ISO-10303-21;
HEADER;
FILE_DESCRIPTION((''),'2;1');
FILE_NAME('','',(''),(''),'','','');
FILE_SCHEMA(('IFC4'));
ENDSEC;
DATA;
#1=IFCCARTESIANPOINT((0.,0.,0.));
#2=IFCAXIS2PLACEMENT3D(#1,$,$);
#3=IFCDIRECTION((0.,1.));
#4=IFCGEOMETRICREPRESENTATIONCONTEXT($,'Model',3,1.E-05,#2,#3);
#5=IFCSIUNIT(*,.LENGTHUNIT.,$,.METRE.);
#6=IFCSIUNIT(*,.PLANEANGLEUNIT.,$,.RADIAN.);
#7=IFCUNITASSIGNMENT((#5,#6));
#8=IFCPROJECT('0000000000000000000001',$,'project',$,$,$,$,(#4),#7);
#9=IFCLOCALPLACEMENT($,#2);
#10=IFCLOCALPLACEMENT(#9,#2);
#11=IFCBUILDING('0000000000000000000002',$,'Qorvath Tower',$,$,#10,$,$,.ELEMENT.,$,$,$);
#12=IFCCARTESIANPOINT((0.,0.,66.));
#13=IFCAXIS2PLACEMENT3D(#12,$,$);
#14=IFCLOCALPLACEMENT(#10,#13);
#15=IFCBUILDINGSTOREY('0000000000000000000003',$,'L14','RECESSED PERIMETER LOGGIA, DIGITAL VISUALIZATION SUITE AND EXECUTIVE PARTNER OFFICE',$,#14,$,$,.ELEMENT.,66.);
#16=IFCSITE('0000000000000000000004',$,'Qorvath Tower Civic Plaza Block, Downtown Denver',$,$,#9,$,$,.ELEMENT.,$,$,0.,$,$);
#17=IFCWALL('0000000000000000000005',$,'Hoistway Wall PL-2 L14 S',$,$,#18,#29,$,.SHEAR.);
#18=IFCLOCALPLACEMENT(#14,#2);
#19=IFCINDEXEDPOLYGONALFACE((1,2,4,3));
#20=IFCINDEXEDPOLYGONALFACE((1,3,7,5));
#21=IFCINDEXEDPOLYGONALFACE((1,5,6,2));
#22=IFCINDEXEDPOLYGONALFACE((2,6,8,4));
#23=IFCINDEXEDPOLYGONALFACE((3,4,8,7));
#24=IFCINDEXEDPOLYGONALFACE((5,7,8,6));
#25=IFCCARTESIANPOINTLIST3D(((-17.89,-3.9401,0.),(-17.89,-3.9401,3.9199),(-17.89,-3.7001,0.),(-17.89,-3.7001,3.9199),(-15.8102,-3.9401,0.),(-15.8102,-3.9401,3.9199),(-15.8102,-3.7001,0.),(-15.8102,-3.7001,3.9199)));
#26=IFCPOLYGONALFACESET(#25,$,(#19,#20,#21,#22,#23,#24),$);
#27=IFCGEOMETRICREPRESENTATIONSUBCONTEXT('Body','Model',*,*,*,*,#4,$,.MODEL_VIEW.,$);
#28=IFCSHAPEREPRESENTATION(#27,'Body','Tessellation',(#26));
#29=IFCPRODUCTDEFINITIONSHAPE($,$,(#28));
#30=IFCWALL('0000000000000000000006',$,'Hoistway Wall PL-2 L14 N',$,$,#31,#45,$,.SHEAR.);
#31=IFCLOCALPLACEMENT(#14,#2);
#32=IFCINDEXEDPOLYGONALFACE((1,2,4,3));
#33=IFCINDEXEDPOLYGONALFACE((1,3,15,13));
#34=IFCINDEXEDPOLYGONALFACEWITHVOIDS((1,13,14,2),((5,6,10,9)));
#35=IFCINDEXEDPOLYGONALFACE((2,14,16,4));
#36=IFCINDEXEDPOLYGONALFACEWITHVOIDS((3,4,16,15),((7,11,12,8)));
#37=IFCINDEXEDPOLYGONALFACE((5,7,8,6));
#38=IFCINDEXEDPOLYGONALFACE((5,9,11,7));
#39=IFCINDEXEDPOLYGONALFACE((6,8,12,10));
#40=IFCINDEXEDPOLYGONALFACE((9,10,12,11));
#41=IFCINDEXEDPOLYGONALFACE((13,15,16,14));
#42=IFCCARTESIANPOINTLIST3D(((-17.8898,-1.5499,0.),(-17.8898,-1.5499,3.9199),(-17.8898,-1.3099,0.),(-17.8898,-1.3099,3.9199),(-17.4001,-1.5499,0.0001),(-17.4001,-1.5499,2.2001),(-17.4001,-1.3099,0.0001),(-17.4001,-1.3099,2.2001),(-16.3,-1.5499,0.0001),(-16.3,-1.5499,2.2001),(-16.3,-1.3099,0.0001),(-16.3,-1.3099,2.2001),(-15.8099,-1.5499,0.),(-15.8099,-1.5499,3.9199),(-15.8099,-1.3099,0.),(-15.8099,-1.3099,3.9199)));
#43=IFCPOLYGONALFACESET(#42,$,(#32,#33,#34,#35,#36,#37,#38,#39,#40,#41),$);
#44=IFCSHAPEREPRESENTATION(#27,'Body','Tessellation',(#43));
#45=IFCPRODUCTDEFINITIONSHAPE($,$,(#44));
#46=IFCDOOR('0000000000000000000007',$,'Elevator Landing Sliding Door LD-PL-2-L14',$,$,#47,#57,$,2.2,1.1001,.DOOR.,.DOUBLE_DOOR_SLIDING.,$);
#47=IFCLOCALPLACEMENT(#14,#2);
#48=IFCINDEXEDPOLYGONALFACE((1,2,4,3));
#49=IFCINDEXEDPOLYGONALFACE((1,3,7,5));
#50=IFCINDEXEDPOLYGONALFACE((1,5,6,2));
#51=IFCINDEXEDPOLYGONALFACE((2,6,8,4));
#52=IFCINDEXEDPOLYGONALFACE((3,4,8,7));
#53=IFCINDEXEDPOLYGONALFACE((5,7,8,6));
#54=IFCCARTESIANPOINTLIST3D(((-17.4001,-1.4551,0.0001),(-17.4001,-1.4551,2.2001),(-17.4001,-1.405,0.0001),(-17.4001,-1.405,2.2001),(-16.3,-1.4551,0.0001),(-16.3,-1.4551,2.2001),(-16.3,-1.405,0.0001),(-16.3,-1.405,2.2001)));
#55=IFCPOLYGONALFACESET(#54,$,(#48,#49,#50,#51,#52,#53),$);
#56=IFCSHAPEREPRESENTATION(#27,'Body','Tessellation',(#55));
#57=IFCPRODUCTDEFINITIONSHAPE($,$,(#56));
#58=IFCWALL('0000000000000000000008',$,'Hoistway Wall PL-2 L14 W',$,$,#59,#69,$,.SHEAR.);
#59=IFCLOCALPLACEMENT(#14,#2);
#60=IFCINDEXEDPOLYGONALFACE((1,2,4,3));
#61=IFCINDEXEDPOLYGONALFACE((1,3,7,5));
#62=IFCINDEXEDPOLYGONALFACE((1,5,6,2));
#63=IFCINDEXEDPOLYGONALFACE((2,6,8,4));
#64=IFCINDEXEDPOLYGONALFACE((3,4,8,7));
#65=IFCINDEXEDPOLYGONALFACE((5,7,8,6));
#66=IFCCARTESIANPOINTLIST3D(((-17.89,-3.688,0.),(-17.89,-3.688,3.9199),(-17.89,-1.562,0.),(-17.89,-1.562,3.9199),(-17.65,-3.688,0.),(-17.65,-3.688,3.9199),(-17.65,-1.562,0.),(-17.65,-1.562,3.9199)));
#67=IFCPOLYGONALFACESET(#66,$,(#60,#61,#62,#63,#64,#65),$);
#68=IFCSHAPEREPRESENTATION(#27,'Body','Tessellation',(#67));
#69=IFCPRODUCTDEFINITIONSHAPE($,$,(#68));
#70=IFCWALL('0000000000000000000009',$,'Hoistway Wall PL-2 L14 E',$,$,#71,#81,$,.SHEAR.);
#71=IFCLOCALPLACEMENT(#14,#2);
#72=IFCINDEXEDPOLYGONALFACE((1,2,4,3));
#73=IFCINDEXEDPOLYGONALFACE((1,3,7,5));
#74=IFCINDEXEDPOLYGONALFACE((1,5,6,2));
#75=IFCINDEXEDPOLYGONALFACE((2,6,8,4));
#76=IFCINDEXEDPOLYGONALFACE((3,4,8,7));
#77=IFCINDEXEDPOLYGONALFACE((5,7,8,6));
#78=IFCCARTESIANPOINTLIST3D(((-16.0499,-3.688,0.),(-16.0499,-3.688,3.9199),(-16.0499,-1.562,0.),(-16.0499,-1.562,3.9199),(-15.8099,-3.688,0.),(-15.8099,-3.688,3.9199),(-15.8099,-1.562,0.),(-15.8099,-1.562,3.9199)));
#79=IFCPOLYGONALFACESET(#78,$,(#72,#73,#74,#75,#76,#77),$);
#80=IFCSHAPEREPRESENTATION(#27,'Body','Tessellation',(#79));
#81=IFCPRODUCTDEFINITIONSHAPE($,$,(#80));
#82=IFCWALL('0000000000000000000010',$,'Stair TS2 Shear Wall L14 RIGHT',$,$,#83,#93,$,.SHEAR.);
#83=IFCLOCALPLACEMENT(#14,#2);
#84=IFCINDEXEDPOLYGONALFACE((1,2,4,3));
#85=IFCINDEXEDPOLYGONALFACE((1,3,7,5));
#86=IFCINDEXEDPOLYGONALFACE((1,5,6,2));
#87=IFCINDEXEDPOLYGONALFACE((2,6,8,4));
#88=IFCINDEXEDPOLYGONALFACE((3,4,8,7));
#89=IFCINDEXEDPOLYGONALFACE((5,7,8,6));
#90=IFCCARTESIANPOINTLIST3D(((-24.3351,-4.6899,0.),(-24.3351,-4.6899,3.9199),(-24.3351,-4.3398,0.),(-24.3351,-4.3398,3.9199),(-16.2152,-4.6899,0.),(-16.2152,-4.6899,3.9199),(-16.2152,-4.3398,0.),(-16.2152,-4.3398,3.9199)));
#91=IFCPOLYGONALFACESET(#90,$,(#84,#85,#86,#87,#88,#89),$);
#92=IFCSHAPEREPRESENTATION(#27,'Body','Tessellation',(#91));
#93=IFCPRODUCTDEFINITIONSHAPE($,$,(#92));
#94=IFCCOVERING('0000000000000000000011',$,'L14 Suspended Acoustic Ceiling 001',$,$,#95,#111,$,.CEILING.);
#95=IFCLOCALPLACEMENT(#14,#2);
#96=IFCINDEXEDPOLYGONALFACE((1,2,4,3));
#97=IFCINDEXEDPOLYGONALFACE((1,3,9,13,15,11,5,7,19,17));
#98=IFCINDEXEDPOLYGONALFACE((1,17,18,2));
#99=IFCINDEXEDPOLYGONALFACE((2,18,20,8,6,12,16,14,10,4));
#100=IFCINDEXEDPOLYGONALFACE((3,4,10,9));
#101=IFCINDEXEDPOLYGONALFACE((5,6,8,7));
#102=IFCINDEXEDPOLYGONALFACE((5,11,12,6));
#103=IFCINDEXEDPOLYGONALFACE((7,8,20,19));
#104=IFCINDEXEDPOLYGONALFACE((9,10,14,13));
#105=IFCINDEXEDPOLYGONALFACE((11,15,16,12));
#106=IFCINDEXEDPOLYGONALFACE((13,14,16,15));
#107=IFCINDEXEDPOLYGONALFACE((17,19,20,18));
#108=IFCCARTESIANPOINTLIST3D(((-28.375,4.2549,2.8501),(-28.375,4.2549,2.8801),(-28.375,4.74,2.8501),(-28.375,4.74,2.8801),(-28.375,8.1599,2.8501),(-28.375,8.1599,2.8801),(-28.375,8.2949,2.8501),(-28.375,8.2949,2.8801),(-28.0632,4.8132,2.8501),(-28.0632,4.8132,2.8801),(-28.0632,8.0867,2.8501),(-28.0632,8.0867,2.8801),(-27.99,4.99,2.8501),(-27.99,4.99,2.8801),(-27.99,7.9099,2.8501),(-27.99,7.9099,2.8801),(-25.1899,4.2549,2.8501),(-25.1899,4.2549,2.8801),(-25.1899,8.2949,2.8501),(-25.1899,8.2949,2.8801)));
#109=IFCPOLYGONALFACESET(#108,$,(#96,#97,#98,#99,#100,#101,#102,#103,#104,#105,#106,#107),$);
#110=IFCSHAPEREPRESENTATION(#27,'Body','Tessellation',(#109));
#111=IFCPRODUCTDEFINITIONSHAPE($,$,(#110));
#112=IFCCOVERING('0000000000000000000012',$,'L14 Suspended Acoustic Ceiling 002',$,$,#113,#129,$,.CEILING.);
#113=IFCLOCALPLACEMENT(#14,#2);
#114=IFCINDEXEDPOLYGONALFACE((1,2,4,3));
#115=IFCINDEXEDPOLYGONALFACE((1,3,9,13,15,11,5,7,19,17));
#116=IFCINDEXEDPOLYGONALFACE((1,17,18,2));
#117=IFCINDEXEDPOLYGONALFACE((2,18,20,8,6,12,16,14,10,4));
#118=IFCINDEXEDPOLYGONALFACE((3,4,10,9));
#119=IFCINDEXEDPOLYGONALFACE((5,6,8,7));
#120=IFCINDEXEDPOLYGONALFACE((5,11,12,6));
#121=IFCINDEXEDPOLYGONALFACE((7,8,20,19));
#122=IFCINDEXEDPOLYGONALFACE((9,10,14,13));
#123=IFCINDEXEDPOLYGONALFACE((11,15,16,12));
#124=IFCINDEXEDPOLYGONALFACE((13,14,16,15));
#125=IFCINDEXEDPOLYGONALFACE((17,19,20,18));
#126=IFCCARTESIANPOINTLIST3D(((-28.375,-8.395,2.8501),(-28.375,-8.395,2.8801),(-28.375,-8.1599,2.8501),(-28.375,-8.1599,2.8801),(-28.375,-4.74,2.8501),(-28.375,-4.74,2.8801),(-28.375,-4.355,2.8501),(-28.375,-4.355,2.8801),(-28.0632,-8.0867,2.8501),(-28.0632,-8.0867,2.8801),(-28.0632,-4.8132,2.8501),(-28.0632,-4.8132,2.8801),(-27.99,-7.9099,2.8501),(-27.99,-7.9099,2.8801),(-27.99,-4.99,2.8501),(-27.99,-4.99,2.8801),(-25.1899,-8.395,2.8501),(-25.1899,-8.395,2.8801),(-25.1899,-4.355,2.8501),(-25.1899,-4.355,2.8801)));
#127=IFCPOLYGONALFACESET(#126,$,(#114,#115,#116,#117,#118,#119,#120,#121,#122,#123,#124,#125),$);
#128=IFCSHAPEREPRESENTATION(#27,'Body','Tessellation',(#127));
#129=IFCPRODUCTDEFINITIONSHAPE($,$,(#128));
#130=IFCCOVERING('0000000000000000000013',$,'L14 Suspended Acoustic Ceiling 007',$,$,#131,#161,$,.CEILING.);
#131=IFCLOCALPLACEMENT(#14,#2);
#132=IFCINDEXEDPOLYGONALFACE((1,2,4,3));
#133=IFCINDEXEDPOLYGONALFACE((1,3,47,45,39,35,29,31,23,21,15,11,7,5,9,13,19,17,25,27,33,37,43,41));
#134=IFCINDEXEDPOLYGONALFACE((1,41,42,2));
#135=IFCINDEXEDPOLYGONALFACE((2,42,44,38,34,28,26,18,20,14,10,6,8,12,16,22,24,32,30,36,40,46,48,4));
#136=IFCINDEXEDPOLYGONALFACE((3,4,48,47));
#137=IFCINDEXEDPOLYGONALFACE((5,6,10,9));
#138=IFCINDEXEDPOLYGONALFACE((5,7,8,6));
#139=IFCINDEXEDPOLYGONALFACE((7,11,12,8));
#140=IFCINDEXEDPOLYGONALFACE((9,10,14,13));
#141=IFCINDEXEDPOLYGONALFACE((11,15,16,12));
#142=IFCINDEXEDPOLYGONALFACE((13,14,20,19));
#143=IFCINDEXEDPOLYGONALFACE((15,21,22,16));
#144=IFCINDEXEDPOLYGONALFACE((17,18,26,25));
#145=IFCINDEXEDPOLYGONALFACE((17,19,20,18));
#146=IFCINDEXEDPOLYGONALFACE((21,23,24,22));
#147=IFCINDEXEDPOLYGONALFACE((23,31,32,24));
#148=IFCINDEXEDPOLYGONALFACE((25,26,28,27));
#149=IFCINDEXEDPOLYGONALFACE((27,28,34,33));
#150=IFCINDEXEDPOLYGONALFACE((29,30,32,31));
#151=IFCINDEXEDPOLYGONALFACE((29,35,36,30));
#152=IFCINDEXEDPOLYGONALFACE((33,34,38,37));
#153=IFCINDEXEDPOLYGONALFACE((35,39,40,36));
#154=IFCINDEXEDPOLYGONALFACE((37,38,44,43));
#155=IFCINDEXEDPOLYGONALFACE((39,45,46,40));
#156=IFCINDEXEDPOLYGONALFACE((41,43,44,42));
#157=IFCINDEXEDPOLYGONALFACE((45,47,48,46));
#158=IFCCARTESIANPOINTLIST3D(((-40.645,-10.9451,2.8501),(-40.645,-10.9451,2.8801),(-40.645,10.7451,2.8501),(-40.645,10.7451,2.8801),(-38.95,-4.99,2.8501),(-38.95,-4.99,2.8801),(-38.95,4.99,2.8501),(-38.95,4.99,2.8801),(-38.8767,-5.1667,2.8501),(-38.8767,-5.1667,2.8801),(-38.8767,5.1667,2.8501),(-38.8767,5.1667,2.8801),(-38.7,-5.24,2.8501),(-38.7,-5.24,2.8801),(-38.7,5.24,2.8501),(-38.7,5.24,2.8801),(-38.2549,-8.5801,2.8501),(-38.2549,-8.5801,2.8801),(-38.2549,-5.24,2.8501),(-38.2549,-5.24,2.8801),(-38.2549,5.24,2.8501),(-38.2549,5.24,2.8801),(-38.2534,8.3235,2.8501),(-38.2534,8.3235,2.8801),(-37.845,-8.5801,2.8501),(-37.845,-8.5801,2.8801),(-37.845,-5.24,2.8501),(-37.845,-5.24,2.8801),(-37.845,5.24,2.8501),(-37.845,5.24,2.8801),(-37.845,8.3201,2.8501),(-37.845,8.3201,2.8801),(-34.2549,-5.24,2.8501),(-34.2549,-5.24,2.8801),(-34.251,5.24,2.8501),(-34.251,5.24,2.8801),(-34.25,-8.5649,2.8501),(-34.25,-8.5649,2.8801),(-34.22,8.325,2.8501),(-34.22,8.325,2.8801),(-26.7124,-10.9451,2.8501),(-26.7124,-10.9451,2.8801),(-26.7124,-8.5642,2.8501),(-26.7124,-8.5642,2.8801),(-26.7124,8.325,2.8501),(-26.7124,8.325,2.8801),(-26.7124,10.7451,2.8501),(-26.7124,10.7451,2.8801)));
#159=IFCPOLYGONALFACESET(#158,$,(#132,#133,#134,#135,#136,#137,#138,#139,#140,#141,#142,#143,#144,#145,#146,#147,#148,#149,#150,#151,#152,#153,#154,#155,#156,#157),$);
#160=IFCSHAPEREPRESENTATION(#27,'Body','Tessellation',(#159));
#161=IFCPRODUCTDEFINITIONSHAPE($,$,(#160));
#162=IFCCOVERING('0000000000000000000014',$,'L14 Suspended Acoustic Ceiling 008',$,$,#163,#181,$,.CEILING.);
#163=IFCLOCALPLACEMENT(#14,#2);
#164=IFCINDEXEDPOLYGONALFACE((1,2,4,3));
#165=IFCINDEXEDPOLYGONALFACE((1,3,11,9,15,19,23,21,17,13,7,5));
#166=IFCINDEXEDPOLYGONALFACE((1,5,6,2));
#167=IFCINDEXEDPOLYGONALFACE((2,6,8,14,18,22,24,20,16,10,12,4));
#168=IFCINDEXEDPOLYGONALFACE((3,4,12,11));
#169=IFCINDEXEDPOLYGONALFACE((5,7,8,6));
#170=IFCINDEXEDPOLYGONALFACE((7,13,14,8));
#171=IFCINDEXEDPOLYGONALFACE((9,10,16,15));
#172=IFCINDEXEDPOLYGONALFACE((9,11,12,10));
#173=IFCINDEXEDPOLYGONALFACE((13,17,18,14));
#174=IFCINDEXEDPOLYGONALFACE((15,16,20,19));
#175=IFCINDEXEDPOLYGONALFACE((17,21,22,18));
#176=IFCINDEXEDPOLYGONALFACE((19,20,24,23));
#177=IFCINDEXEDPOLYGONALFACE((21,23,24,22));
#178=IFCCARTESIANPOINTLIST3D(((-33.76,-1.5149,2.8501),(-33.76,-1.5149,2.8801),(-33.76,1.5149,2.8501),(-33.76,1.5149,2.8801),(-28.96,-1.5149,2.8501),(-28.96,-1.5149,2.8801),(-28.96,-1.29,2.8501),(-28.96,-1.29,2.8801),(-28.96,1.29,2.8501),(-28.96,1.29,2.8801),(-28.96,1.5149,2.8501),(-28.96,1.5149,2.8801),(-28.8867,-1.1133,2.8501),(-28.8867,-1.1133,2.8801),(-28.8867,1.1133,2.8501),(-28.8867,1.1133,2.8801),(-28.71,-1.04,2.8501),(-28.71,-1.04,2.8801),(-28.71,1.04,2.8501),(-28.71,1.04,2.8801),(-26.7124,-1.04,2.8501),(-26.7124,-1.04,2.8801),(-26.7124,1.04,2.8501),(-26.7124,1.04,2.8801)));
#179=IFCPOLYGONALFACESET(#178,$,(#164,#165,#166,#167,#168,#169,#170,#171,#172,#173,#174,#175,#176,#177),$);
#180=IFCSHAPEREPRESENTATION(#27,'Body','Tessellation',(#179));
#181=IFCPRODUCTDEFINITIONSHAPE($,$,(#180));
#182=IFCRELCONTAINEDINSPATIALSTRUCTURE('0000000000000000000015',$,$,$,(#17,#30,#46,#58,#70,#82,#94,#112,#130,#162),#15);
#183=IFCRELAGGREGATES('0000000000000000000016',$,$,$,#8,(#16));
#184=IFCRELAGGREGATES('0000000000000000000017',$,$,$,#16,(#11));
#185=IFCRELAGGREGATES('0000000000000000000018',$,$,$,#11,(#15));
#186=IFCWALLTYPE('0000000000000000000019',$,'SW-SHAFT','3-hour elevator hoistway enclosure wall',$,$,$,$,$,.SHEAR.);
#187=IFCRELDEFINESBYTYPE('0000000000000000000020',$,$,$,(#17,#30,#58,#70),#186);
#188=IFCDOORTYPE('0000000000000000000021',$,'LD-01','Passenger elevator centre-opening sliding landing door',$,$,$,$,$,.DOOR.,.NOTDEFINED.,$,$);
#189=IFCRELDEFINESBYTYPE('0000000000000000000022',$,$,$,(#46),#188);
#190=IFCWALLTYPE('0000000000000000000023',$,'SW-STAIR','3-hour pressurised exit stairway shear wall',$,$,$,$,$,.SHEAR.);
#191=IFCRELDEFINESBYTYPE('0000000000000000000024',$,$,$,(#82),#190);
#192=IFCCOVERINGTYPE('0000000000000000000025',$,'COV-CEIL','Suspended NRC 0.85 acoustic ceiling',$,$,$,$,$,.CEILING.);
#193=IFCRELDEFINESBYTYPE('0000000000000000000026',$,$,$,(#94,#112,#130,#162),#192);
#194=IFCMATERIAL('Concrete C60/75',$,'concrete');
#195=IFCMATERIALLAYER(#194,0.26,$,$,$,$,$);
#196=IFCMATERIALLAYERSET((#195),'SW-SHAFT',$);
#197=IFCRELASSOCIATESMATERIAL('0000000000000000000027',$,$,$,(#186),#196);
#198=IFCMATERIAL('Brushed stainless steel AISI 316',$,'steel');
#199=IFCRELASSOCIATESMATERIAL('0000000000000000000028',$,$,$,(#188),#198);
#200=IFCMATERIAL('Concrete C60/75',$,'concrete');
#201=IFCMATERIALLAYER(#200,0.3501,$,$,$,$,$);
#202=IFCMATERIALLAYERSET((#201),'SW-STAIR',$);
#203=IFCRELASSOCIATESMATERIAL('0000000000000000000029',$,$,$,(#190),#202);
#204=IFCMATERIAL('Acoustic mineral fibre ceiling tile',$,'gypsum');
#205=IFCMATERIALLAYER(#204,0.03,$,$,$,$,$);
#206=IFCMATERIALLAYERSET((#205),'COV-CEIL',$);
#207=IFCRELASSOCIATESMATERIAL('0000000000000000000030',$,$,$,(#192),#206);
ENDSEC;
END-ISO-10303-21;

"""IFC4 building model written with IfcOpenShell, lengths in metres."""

from ifc_helpers import new_model, si_unit, direction, frame, frame_2d, origin, place, context, subcontext, project, spatial, polyline, rectangle, outline, extrude, material, layer, layer_set, type_object, element, fill, save


model = new_model("IFC4")

# Units and contexts
model_context = context("Model", 3, precision=1e-05, world=origin(), true_north=direction((0.0, 1.0)))
body_context = subcontext(model_context, "Body", "Model", "MODEL_VIEW")
ifc_project = project(units=[si_unit("LENGTHUNIT", "METRE"), si_unit("PLANEANGLEUNIT", "RADIAN")], contexts=[model_context])

# Site, building, storey
site_placement = place(None, origin())
site = spatial("IfcSite", under=ifc_project, at=site_placement, Name="Qorvath Tower Civic Plaza Block, Downtown Denver", CompositionType="ELEMENT", RefElevation=0.0)
building_placement = place(site_placement, origin())
building = spatial("IfcBuilding", under=site, at=building_placement, Name="Qorvath Tower", CompositionType="ELEMENT")
storey_placement = place(building_placement, frame((0.0, 0.0, 66.0)))
storey = spatial("IfcBuildingStorey", under=building, at=storey_placement, Name="L14", Description="RECESSED PERIMETER LOGGIA, DIGITAL VISUALIZATION SUITE AND EXECUTIVE PARTNER OFFICE", CompositionType="ELEMENT", Elevation=66.0)

# Wall
ifc_material_1 = material(Name="Concrete C60/75", Category="concrete")
ifc_layer_1 = layer(ifc_material_1, 0.26)
ifc_layer_set_1 = layer_set([ifc_layer_1], Name="SW-SHAFT")
wall_type_1 = type_object("IfcWallType", Name="SW-SHAFT", Description="3-hour elevator hoistway enclosure wall", PredefinedType="SHEAR", material=ifc_layer_set_1)
wall_1_placement = place(storey_placement, frame((-15.8101, -3.8201, 0.0), z_axis=(0.0, 0.0, 1.0), x_axis=(-1.0, 0.0, 0.0)))
element("IfcWall", 1, at=wall_1_placement, inside=storey, type_object=wall_type_1, Name="Hoistway Wall PL-2 L14 S", PredefinedType="SHEAR", context=body_context, shape_type="SweptSolid", body=[
    extrude(rectangle(XDim=2.0798, YDim=0.24, at=frame_2d((1.04, 0.0))), origin(), (0.0, 0.0, 1.0), 3.9199),
])

# Wall, opening, door
wall_2_placement = place(storey_placement, frame((-17.8899, -1.4299, 0.0), z_axis=(0.0, 0.0, 1.0), x_axis=(1.0, 0.0, 0.0)))
wall_2 = element("IfcWall", 2, at=wall_2_placement, inside=storey, type_object=wall_type_1, Name="Hoistway Wall PL-2 L14 N", PredefinedType="SHEAR", context=body_context, shape_type="SweptSolid", body=[
    extrude(rectangle(XDim=2.0798, YDim=0.24, at=frame_2d((1.04, 0.0))), origin(), (0.0, 0.0, 1.0), 3.9199),
])
opening_placement = place(wall_2_placement, frame((0.4897, 0.0, 0.0)))
opening = element("IfcOpeningElement", 3, at=opening_placement, cuts=wall_2, PredefinedType="OPENING", context=body_context, shape_type="SweptSolid", body=[
    extrude(rectangle(XDim=1.1001, YDim=2.2, at=frame_2d((0.55, 1.1001))), frame((0.0, 0.1299, 0.0), z_axis=(0.0, -1.0, 0.0), x_axis=(1.0, 0.0, 0.0)), (0.0, 0.0, 1.0), 0.26),
])
ifc_material_2 = material(Name="Brushed stainless steel AISI 316", Category="steel")
door_type = type_object("IfcDoorType", Name="LD-01", Description="Passenger elevator centre-opening sliding landing door", OperationType="NOTDEFINED", PredefinedType="DOOR", material=ifc_material_2)
door_placement = place(opening_placement, origin())
door = element("IfcDoor", 4, at=door_placement, inside=storey, type_object=door_type, Name="Elevator Landing Sliding Door LD-PL-2-L14", OperationType="DOUBLE_DOOR_SLIDING", OverallHeight=2.2, OverallWidth=1.1001, PredefinedType="DOOR", context=body_context, shape_type="SweptSolid", body=[
    extrude(rectangle(XDim=1.1001, YDim=2.2, at=frame_2d((0.55, 1.1001))), frame((0.0, 0.0249, 0.0), z_axis=(0.0, -1.0, 0.0), x_axis=(1.0, 0.0, 0.0)), (0.0, 0.0, 1.0), 0.05),
])
fill(opening, door)

# Walls
for number, where, z_axis, x_axis, name in (
    (5, (-17.77, -3.688, 0.0), (0.0, 0.0, 1.0), (0.0, 1.0, 0.0), "Hoistway Wall PL-2 L14 W"),
    (6, (-15.9299, -1.562, 0.0), (0.0, 0.0, 1.0), (0.0, -1.0, 0.0), "Hoistway Wall PL-2 L14 E"),
):
    element("IfcWall", number, at=place(storey_placement, frame(where, z_axis=z_axis, x_axis=x_axis)), inside=storey, type_object=wall_type_1, Name=name, PredefinedType="SHEAR", context=body_context, shape_type="SweptSolid", body=[
        extrude(rectangle(XDim=2.126, YDim=0.24, at=frame_2d((1.063, 0.0))), origin(), (0.0, 0.0, 1.0), 3.9199),
    ])
ifc_material_3 = material(Name="Concrete C60/75", Category="concrete")
ifc_layer_2 = layer(ifc_material_3, 0.3501)
ifc_layer_set_2 = layer_set([ifc_layer_2], Name="SW-STAIR")
wall_type_2 = type_object("IfcWallType", Name="SW-STAIR", Description="3-hour pressurised exit stairway shear wall", PredefinedType="SHEAR", material=ifc_layer_set_2)
wall_3_placement = place(storey_placement, frame((-16.2151, -4.5149, 0.0), z_axis=(0.0, 0.0, 1.0), x_axis=(-1.0, 0.0, 0.0)))
element("IfcWall", 7, at=wall_3_placement, inside=storey, type_object=wall_type_2, Name="Stair TS2 Shear Wall L14 RIGHT", PredefinedType="SHEAR", context=body_context, shape_type="SweptSolid", body=[
    extrude(rectangle(XDim=8.1199, YDim=0.3501, at=frame_2d((4.0601, 0.0))), origin(), (0.0, 0.0, 1.0), 3.9199),
])

# Coverings
ifc_material_4 = material(Name="Acoustic mineral fibre ceiling tile", Category="gypsum")
ifc_layer_3 = layer(ifc_material_4, 0.03)
ifc_layer_set_3 = layer_set([ifc_layer_3], Name="COV-CEIL")
covering_type_1 = type_object("IfcCoveringType", Name="COV-CEIL", Description="Suspended NRC 0.85 acoustic ceiling", PredefinedType="CEILING", material=ifc_layer_set_3)
covering_1_placement = place(storey_placement, frame((0.0, 0.0, 2.8501)))
element("IfcCovering", 8, at=covering_1_placement, inside=storey, type_object=covering_type_1, Name="L14 Suspended Acoustic Ceiling 001", PredefinedType="CEILING", context=body_context, shape_type="SweptSolid", body=[
    extrude(outline(polyline([(-25.1899, 4.2549), (-25.1899, 8.2949), (-28.375, 8.2949), (-28.375, 8.1599), (-28.0632, 8.0867), (-27.99, 7.9099), (-27.99, 4.99), (-28.0632, 4.8132), (-28.375, 4.74), (-28.375, 4.2549), (-25.1899, 4.2549)])), origin(), (0.0, 0.0, 1.0), 0.03),
])
covering_2_placement = place(storey_placement, frame((0.0, 0.0, 2.8501)))
element("IfcCovering", 9, at=covering_2_placement, inside=storey, type_object=covering_type_1, Name="L14 Suspended Acoustic Ceiling 002", PredefinedType="CEILING", context=body_context, shape_type="SweptSolid", body=[
    extrude(outline(polyline([(-25.1899, -8.395), (-25.1899, -4.355), (-28.375, -4.355), (-28.375, -4.74), (-28.0632, -4.8132), (-27.99, -4.99), (-27.99, -7.9099), (-28.0632, -8.0867), (-28.375, -8.1599), (-28.375, -8.395), (-25.1899, -8.395)])), origin(), (0.0, 0.0, 1.0), 0.03),
])
covering_3_placement = place(storey_placement, frame((0.0, 0.0, 2.8501)))
element("IfcCovering", 10, at=covering_3_placement, inside=storey, type_object=covering_type_1, Name="L14 Suspended Acoustic Ceiling 007", PredefinedType="CEILING", context=body_context, shape_type="SweptSolid", body=[
    extrude(outline(polyline([(-26.7124, -10.9451), (-26.7124, -8.5642), (-34.25, -8.5649), (-34.2549, -5.24), (-37.845, -5.24), (-37.845, -8.5801), (-38.2549, -8.5801), (-38.2549, -5.24), (-38.7, -5.24), (-38.8767, -5.1667), (-38.95, -4.99), (-38.95, 4.99), (-38.8767, 5.1667), (-38.7, 5.24), (-38.2549, 5.24), (-38.2534, 8.3235), (-37.845, 8.3201), (-37.845, 5.24), (-34.251, 5.24), (-34.22, 8.325), (-26.7124, 8.325), (-26.7124, 10.7451), (-40.645, 10.7451), (-40.645, -10.9451), (-26.7124, -10.9451)])), origin(), (0.0, 0.0, 1.0), 0.03),
])
covering_4_placement = place(storey_placement, frame((0.0, 0.0, 2.8501)))
element("IfcCovering", 11, at=covering_4_placement, inside=storey, type_object=covering_type_1, Name="L14 Suspended Acoustic Ceiling 008", PredefinedType="CEILING", context=body_context, shape_type="SweptSolid", body=[
    extrude(outline(polyline([(-26.7124, -1.04), (-26.7124, 1.04), (-28.71, 1.04), (-28.8867, 1.1133), (-28.96, 1.29), (-28.96, 1.5149), (-33.76, 1.5149), (-33.76, -1.5149), (-28.96, -1.5149), (-28.96, -1.29), (-28.8867, -1.1133), (-28.71, -1.04), (-26.7124, -1.04)])), origin(), (0.0, 0.0, 1.0), 0.03),
])

save(model, "model.ifc")
